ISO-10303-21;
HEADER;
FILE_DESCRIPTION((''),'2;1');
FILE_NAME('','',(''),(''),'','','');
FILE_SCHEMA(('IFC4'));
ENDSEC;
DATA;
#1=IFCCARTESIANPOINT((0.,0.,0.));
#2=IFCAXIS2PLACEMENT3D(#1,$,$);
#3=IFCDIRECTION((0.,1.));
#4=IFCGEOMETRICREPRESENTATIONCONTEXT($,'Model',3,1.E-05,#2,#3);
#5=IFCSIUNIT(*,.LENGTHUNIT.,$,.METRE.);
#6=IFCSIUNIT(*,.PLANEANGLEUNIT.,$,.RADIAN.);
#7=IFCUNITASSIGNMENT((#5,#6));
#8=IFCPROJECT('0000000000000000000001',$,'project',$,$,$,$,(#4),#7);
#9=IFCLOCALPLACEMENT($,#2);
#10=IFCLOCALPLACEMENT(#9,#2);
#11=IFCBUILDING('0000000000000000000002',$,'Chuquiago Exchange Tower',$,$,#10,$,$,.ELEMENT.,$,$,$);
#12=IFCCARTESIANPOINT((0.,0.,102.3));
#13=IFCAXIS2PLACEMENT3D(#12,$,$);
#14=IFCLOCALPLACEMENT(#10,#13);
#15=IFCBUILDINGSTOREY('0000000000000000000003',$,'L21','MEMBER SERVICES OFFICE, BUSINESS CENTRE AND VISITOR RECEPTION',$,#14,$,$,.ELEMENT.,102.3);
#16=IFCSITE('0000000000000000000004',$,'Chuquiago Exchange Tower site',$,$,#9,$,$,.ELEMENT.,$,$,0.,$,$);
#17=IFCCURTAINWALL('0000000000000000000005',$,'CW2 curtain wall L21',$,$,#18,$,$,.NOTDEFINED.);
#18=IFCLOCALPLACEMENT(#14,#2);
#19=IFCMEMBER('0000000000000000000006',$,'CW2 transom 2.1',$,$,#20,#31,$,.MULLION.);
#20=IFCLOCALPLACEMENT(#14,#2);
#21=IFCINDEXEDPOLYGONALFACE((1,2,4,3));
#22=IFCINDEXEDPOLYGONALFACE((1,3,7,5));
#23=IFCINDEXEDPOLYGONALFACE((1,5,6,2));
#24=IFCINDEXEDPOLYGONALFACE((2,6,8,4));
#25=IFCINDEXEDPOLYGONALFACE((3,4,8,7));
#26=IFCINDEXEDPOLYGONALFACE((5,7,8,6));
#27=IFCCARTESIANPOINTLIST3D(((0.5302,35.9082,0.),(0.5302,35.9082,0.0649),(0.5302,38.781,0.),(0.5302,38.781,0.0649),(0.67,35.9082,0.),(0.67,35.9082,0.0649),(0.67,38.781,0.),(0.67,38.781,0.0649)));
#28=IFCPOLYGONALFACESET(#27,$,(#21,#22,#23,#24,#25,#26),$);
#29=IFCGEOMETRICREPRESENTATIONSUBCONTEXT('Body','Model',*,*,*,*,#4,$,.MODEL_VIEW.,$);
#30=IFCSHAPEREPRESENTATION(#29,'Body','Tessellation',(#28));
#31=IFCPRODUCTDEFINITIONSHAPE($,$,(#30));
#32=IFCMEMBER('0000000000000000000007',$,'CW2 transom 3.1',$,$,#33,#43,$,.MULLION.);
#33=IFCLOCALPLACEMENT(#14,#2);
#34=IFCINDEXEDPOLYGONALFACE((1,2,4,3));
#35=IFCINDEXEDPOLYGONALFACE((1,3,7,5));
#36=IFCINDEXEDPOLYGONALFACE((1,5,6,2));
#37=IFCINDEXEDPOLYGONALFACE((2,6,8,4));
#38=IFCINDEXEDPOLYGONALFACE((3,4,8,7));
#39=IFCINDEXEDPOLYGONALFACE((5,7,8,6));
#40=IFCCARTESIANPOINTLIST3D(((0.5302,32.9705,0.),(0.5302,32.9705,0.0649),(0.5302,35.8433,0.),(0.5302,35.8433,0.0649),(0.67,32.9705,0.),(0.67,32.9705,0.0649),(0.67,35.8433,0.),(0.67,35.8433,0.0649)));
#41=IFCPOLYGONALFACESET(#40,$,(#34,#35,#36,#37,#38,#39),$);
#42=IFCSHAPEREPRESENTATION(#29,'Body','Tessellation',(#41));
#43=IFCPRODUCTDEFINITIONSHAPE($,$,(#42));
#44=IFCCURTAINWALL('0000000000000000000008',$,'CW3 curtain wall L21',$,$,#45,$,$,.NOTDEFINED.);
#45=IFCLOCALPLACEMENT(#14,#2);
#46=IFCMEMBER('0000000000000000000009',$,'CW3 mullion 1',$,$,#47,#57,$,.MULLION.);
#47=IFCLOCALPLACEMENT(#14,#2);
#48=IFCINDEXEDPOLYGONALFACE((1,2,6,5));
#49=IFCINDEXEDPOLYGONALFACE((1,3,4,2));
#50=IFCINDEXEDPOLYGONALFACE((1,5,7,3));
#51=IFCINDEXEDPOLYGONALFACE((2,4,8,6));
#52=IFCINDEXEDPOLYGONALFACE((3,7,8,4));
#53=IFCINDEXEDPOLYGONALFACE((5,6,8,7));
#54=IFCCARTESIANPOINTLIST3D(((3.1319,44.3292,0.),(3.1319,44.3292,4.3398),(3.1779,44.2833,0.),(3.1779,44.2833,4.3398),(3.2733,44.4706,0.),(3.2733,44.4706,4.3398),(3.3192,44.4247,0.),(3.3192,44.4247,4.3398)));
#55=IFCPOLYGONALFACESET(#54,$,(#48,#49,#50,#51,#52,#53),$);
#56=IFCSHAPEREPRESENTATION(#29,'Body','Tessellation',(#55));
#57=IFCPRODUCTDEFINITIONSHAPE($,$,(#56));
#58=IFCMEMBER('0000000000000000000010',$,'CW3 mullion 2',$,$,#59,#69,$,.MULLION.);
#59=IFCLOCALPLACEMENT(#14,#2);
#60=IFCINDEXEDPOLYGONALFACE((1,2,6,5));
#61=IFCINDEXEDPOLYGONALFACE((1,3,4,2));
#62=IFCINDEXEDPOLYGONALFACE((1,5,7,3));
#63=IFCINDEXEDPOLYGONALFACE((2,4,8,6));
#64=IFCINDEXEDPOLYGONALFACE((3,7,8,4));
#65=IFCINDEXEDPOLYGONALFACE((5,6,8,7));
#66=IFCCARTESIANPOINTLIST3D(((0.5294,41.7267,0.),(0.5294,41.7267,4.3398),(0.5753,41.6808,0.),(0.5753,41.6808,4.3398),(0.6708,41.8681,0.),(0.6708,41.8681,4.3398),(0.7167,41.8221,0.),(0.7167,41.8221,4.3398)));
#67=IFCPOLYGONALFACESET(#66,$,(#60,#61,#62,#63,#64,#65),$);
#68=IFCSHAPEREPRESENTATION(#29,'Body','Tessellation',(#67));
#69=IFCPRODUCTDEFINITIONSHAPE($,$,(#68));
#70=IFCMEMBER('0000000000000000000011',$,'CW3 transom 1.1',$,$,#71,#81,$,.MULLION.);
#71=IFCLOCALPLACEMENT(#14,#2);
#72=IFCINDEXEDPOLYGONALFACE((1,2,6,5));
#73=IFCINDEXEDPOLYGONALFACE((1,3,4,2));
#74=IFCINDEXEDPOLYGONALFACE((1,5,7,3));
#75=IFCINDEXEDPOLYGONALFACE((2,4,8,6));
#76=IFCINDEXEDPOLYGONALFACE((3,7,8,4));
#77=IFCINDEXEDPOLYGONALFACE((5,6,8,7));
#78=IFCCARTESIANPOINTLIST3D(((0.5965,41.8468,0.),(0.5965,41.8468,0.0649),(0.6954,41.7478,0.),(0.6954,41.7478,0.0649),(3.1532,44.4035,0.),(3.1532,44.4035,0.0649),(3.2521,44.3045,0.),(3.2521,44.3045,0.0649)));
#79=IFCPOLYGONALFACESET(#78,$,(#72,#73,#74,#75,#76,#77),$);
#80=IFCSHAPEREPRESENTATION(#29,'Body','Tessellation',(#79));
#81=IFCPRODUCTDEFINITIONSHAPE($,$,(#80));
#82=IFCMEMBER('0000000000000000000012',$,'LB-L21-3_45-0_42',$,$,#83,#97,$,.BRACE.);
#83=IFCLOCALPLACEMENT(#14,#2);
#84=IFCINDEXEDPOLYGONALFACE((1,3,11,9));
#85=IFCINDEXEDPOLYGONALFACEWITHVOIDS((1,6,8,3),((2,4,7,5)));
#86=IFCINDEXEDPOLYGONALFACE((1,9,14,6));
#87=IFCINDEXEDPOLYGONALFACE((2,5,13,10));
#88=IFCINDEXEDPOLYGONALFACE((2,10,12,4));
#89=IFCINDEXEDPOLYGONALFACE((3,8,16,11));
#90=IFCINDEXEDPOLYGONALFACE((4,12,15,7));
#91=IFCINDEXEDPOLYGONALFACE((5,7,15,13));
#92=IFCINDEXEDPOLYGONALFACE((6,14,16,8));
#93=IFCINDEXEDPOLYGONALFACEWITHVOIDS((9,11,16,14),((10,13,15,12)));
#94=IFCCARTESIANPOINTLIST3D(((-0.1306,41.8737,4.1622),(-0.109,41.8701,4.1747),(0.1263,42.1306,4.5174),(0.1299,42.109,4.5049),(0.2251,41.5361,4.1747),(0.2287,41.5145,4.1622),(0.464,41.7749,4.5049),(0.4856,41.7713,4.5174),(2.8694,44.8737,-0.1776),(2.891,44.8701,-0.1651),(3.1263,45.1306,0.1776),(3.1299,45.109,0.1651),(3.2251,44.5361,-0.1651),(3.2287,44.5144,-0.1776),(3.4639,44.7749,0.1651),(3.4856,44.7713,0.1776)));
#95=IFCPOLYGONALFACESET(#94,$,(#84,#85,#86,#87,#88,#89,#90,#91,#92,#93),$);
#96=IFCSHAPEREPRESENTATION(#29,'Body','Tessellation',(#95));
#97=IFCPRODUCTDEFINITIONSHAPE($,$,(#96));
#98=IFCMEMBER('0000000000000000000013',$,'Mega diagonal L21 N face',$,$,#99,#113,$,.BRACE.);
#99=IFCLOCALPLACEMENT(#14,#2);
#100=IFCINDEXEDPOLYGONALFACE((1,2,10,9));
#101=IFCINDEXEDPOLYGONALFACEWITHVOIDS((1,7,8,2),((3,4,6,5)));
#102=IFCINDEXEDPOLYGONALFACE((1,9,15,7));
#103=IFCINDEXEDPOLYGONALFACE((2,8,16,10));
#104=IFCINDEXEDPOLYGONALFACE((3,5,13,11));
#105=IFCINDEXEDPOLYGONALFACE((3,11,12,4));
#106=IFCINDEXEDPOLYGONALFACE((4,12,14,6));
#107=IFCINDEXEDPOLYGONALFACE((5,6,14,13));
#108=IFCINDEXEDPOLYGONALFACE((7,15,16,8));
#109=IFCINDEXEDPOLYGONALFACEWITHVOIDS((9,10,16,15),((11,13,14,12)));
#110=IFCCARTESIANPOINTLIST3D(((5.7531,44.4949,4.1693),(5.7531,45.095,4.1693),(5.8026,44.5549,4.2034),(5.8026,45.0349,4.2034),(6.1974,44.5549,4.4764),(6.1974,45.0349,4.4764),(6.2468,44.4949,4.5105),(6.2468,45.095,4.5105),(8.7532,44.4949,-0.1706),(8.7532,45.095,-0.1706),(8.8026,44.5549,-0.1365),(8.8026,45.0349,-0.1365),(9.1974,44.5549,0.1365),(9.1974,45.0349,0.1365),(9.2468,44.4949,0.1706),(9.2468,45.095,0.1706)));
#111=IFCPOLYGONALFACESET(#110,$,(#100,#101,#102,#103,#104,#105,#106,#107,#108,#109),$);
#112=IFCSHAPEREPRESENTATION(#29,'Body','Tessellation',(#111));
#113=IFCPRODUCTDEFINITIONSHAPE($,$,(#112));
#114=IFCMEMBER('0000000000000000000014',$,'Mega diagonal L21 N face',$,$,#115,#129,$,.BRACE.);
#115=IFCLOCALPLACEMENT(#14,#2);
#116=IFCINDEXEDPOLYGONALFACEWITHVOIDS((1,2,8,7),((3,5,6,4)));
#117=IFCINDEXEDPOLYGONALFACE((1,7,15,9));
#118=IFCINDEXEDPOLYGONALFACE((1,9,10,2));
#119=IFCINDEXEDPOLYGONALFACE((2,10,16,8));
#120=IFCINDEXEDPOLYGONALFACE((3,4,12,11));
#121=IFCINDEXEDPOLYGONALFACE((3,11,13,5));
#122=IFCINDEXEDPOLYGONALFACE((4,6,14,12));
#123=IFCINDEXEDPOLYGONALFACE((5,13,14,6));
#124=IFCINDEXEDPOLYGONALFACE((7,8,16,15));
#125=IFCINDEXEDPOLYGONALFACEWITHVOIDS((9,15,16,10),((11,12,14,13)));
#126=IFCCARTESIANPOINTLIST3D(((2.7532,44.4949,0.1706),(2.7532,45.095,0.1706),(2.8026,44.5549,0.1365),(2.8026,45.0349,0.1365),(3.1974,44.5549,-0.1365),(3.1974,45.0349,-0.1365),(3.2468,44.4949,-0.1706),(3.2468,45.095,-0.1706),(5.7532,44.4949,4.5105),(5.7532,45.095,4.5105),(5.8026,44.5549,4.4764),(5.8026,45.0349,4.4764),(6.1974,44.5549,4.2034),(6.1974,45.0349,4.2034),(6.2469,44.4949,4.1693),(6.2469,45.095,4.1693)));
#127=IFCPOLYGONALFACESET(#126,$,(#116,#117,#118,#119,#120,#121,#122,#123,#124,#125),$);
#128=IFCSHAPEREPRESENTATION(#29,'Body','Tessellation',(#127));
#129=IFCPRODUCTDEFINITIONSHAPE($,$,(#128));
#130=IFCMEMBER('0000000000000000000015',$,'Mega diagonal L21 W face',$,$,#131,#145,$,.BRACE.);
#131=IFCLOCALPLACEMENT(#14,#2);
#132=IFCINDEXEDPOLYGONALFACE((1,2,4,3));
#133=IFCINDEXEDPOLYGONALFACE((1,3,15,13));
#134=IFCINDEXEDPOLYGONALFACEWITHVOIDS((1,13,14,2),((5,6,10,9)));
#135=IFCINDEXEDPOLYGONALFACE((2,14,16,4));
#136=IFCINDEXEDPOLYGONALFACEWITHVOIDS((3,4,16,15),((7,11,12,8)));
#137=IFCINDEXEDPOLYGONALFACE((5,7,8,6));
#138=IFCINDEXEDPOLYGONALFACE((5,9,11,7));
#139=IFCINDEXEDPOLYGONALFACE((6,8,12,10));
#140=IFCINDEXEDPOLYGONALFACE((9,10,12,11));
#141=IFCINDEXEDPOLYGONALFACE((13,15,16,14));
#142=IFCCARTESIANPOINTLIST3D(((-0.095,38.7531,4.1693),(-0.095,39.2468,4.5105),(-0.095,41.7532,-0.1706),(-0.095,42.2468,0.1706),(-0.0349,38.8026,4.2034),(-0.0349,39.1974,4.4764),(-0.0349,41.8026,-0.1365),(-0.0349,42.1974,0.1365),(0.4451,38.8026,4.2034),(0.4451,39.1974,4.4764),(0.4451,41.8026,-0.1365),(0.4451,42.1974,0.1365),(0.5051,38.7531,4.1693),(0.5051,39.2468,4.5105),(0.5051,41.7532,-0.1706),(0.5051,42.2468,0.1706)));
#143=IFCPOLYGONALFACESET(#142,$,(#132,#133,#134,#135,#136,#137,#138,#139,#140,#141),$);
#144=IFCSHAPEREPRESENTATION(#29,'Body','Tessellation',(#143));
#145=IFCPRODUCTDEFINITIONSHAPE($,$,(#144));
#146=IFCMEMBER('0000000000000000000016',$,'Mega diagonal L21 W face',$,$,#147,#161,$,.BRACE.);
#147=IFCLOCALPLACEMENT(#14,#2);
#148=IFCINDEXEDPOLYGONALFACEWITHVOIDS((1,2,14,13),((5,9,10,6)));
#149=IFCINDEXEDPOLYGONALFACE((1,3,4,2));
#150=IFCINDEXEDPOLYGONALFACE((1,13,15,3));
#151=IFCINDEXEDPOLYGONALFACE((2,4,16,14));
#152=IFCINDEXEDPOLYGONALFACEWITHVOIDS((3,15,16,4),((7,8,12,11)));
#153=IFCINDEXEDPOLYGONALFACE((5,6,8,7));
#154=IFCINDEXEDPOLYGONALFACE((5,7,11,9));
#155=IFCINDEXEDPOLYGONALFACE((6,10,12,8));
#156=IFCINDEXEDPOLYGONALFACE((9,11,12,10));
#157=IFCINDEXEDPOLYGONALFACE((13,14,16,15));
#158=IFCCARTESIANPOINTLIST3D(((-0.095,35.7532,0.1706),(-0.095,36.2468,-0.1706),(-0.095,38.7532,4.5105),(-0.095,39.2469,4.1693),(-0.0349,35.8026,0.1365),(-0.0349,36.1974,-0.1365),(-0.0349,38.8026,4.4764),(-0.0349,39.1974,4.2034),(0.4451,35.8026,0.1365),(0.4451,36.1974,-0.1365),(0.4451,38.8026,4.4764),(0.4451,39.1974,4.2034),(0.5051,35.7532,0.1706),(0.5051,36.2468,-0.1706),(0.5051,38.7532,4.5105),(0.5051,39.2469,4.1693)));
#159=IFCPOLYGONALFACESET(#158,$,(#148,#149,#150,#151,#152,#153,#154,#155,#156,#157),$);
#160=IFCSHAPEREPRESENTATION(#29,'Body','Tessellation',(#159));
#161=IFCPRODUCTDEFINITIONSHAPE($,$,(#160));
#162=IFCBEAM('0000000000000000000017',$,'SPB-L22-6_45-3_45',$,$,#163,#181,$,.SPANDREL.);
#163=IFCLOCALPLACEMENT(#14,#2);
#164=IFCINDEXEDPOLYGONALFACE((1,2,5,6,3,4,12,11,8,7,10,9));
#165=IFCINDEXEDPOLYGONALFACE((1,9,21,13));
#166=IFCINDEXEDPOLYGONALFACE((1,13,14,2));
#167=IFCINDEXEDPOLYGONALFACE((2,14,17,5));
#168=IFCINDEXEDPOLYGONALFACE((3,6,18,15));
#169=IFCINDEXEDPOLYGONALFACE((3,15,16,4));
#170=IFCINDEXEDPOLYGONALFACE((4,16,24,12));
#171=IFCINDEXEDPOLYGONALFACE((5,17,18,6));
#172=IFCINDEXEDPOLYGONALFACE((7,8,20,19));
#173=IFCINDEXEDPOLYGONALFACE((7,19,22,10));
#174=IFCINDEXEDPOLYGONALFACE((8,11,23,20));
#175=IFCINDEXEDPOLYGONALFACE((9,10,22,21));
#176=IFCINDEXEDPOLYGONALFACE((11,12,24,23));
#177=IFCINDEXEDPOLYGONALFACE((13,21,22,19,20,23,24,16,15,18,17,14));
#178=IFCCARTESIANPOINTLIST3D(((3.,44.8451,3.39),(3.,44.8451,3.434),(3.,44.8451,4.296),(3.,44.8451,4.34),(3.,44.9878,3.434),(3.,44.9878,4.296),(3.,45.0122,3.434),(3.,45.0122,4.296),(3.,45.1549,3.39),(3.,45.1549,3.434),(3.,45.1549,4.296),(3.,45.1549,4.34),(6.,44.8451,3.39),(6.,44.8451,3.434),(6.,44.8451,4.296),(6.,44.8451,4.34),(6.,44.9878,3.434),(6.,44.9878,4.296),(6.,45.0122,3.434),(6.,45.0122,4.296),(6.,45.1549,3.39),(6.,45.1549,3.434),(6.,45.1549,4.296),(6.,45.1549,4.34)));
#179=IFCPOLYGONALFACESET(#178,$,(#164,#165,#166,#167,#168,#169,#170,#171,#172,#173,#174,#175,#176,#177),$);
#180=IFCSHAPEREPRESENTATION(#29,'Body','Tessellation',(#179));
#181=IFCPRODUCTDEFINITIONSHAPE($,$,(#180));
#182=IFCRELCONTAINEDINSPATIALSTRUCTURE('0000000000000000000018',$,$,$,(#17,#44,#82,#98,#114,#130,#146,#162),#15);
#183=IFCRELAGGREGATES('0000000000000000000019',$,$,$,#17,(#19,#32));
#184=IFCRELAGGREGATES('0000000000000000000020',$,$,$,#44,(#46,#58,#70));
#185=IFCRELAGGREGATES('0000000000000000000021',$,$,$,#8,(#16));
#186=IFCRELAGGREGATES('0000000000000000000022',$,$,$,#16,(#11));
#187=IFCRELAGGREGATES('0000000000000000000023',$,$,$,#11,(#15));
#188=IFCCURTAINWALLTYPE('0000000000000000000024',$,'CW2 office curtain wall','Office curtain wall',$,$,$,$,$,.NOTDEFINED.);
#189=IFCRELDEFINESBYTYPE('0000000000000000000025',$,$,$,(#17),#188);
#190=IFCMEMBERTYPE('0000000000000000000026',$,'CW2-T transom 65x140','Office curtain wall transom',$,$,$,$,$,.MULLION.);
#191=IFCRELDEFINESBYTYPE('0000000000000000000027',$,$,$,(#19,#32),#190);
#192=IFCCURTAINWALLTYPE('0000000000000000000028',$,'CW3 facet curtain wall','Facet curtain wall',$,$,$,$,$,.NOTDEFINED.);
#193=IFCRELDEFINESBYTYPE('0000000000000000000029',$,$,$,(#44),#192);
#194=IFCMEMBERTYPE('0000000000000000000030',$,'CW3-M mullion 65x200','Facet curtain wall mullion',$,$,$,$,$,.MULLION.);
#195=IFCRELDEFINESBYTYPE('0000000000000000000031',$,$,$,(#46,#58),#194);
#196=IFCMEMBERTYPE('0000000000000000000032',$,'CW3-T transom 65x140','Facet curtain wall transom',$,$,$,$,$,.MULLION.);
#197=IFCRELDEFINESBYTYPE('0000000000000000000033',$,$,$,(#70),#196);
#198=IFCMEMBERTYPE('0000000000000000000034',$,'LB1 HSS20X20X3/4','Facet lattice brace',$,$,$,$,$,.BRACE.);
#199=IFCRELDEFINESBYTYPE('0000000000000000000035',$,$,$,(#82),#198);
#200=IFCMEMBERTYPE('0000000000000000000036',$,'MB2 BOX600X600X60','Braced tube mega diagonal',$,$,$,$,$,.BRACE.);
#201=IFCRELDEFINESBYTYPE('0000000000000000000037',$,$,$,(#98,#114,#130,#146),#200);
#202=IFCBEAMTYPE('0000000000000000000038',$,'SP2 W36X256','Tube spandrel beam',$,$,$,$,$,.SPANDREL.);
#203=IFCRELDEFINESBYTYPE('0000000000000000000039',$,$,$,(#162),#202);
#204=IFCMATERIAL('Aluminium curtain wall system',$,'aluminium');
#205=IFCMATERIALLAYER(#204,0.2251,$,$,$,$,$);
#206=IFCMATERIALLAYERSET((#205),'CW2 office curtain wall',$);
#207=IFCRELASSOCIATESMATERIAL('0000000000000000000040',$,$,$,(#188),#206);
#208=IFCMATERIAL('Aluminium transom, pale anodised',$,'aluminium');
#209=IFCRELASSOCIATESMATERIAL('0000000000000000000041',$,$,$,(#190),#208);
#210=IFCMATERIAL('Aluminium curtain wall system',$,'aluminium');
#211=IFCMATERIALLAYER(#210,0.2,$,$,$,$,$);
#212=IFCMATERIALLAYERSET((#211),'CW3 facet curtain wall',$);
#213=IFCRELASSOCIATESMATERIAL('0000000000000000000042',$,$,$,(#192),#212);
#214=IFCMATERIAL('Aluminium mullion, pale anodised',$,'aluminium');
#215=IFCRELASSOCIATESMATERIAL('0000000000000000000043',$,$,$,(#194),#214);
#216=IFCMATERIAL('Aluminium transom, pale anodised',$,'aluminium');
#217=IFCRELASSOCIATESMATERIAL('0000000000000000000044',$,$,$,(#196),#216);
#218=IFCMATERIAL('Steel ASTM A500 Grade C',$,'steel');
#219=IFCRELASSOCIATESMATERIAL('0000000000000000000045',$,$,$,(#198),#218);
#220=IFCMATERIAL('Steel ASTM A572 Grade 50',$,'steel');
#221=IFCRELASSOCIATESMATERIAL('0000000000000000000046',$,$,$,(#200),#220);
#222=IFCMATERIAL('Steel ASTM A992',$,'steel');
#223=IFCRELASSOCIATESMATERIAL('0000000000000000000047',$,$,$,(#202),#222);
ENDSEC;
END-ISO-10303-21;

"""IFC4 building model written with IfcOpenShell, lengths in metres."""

from ifc_helpers import new_model, si_unit, direction, frame, origin, origin_2d, place, context, subcontext, project, spatial, rectangle, hollow_rectangle, i_section, extrude, material, layer, layer_set, material_profile, profile_set, type_object, element, aggregate, save


model = new_model("IFC4")

# Units and contexts
model_context = context("Model", 3, precision=1e-05, world=origin(), true_north=direction((0.0, 1.0)))
body_context = subcontext(model_context, "Body", "Model", "MODEL_VIEW")
ifc_project = project(units=[si_unit("LENGTHUNIT", "METRE"), si_unit("PLANEANGLEUNIT", "RADIAN")], contexts=[model_context])

# Site, building, storey
site_placement = place(None, origin())
site = spatial("IfcSite", under=ifc_project, at=site_placement, Name="Chuquiago Exchange Tower site", CompositionType="ELEMENT", RefElevation=0.0)
building_placement = place(site_placement, origin())
building = spatial("IfcBuilding", under=site, at=building_placement, Name="Chuquiago Exchange Tower", CompositionType="ELEMENT")
storey_placement = place(building_placement, frame((0.0, 0.0, 102.3)))
storey = spatial("IfcBuildingStorey", under=building, at=storey_placement, Name="L21", Description="MEMBER SERVICES OFFICE, BUSINESS CENTRE AND VISITOR RECEPTION", CompositionType="ELEMENT", Elevation=102.3)

# Curtain wall
ifc_material_1 = material(Name="Aluminium curtain wall system", Category="aluminium")
ifc_layer_1 = layer(ifc_material_1, 0.2251)
ifc_layer_set_1 = layer_set([ifc_layer_1], Name="CW2 office curtain wall")
curtain_wall_type_1 = type_object("IfcCurtainWallType", Name="CW2 office curtain wall", Description="Office curtain wall", PredefinedType="NOTDEFINED", material=ifc_layer_set_1)
curtain_wall_1_placement = place(storey_placement, origin())
curtain_wall_1 = element("IfcCurtainWall", 1, at=curtain_wall_1_placement, inside=storey, type_object=curtain_wall_type_1, Name="CW2 curtain wall L21", PredefinedType="NOTDEFINED")

# Members
ifc_material_2 = material(Name="Aluminium transom, pale anodised", Category="aluminium")
ifc_material_profile_1 = material_profile(ifc_material_2, rectangle(XDim=0.1399, YDim=0.0649, at=origin_2d()), Name="AL 140x65")
ifc_profile_set_1 = profile_set([ifc_material_profile_1], Name="Aluminium transom, pale anodised")
member_type_1 = type_object("IfcMemberType", Name="CW2-T transom 65x140", Description="Office curtain wall transom", PredefinedType="MULLION", material=ifc_profile_set_1)
member_1_placement = place(storey_placement, frame((0.6001, 38.781, 0.0325), z_axis=(0.0, -1.0, 0.0), x_axis=(1.0, 0.0, 0.0)))
member_1 = element("IfcMember", 2, at=member_1_placement, type_object=member_type_1, Name="CW2 transom 2.1", PredefinedType="MULLION", context=body_context, shape_type="SweptSolid", body=[
    extrude(rectangle(XDim=0.1399, YDim=0.0649, at=origin_2d()), origin(), (0.0, 0.0, 1.0), 2.8728),
])
member_2_placement = place(storey_placement, frame((0.6001, 35.8433, 0.0325), z_axis=(0.0, -1.0, 0.0), x_axis=(1.0, 0.0, 0.0)))
member_2 = element("IfcMember", 3, at=member_2_placement, type_object=member_type_1, Name="CW2 transom 3.1", PredefinedType="MULLION", context=body_context, shape_type="SweptSolid", body=[
    extrude(rectangle(XDim=0.1399, YDim=0.0649, at=origin_2d()), origin(), (0.0, 0.0, 1.0), 2.8728),
])

# Curtain wall, members
ifc_material_3 = material(Name="Aluminium curtain wall system", Category="aluminium")
ifc_layer_2 = layer(ifc_material_3, 0.2)
ifc_layer_set_2 = layer_set([ifc_layer_2], Name="CW3 facet curtain wall")
curtain_wall_type_2 = type_object("IfcCurtainWallType", Name="CW3 facet curtain wall", Description="Facet curtain wall", PredefinedType="NOTDEFINED", material=ifc_layer_set_2)
curtain_wall_2_placement = place(storey_placement, origin())
curtain_wall_2 = element("IfcCurtainWall", 4, at=curtain_wall_2_placement, inside=storey, type_object=curtain_wall_type_2, Name="CW3 curtain wall L21", PredefinedType="NOTDEFINED")
ifc_material_4 = material(Name="Aluminium mullion, pale anodised", Category="aluminium")
ifc_material_profile_2 = material_profile(ifc_material_4, rectangle(XDim=0.0649, YDim=0.2, at=origin_2d()), Name="AL 65x200")
ifc_profile_set_2 = profile_set([ifc_material_profile_2], Name="Aluminium mullion, pale anodised")
member_type_2 = type_object("IfcMemberType", Name="CW3-M mullion 65x200", Description="Facet curtain wall mullion", PredefinedType="MULLION", material=ifc_profile_set_2)
member_3_placement = place(storey_placement, frame((3.2256, 44.377, 0.0), z_axis=(0.0, 0.0, 1.0), x_axis=(0.707107, -0.707107, 0.0)))
member_3 = element("IfcMember", 5, at=member_3_placement, type_object=member_type_2, Name="CW3 mullion 1", PredefinedType="MULLION", context=body_context, shape_type="SweptSolid", body=[
    extrude(rectangle(XDim=0.0649, YDim=0.2, at=origin_2d()), origin(), (0.0, 0.0, 1.0), 4.3398),
])
member_4_placement = place(storey_placement, frame((0.623, 41.7744, 0.0), z_axis=(0.0, 0.0, 1.0), x_axis=(0.707107, -0.707107, 0.0)))
member_4 = element("IfcMember", 6, at=member_4_placement, type_object=member_type_2, Name="CW3 mullion 2", PredefinedType="MULLION", context=body_context, shape_type="SweptSolid", body=[
    extrude(rectangle(XDim=0.0649, YDim=0.2, at=origin_2d()), origin(), (0.0, 0.0, 1.0), 4.3398),
])
ifc_material_5 = material(Name="Aluminium transom, pale anodised", Category="aluminium")
ifc_material_profile_3 = material_profile(ifc_material_5, rectangle(XDim=0.1399, YDim=0.0649, at=origin_2d()), Name="AL 140x65")
ifc_profile_set_3 = profile_set([ifc_material_profile_3], Name="Aluminium transom, pale anodised")
member_type_3 = type_object("IfcMemberType", Name="CW3-T transom 65x140", Description="Facet curtain wall transom", PredefinedType="MULLION", material=ifc_profile_set_3)
member_5_placement = place(storey_placement, frame((3.2026, 44.354, 0.0325), z_axis=(-0.707107, -0.707107, 0.0), x_axis=(0.707107, -0.707107, 0.0)))
member_5 = element("IfcMember", 7, at=member_5_placement, type_object=member_type_3, Name="CW3 transom 1.1", PredefinedType="MULLION", context=body_context, shape_type="SweptSolid", body=[
    extrude(rectangle(XDim=0.1399, YDim=0.0649, at=origin_2d()), origin(), (0.0, 0.0, 1.0), 3.6157),
])

# Members
ifc_material_6 = material(Name="Steel ASTM A500 Grade C", Category="steel")
ifc_material_profile_4 = material_profile(ifc_material_6, hollow_rectangle(XDim=0.5081, YDim=0.5081, WallThickness=0.0178, at=origin_2d()), Name="HSS20X20X3/4")
ifc_profile_set_4 = profile_set([ifc_material_profile_4], Name="Steel ASTM A500 Grade C")
member_type_4 = type_object("IfcMemberType", Name="LB1 HSS20X20X3/4", Description="Facet lattice brace", PredefinedType="BRACE", material=ifc_profile_set_4)
member_6_placement = place(storey_placement, frame((3.1775, 44.8225, 0.0), z_axis=(-0.494305, -0.494305, 0.715069), x_axis=(0.707107, -0.707107, 0.0)))
element("IfcMember", 8, at=member_6_placement, inside=storey, type_object=member_type_4, Name="LB-L21-3_45-0_42", PredefinedType="BRACE", context=body_context, shape_type="SweptSolid", body=[
    extrude(hollow_rectangle(XDim=0.5081, YDim=0.5081, WallThickness=0.0178, at=origin_2d()), origin(), (0.0, 0.0, 1.0), 6.0691),
])
ifc_material_7 = material(Name="Steel ASTM A572 Grade 50", Category="steel")
ifc_material_profile_5 = material_profile(ifc_material_7, hollow_rectangle(XDim=0.6001, YDim=0.6001, WallThickness=0.0601, at=origin_2d()), Name="BOX600X600X60")
ifc_profile_set_5 = profile_set([ifc_material_profile_5], Name="Steel ASTM A572 Grade 50")
member_type_5 = type_object("IfcMemberType", Name="MB2 BOX600X600X60", Description="Braced tube mega diagonal", PredefinedType="BRACE", material=ifc_profile_set_5)
for number, where, z_axis, x_axis, name in (
    (9, (9.0, 44.7949, 0.0), (-0.568632, 0.0, 0.822592), (0.0, -1.0, 0.0), "Mega diagonal L21 N face"),
    (10, (3.0, 44.7949, 0.0), (0.568632, 0.0, 0.822592), (0.0, 1.0, 0.0), "Mega diagonal L21 N face"),
    (11, (0.2051, 42.0, 0.0), (0.0, -0.568632, 0.822592), (1.0, 0.0, 0.0), "Mega diagonal L21 W face"),
    (12, (0.2051, 36.0, 0.0), (0.0, 0.568632, 0.822592), (-1.0, 0.0, 0.0), "Mega diagonal L21 W face"),
):
    element("IfcMember", number, at=place(storey_placement, frame(where, z_axis=z_axis, x_axis=x_axis)), inside=storey, type_object=member_type_5, Name=name, PredefinedType="BRACE", context=body_context, shape_type="SweptSolid", body=[
        extrude(hollow_rectangle(XDim=0.6001, YDim=0.6001, WallThickness=0.0601, at=origin_2d()), origin(), (0.0, 0.0, 1.0), 5.2759),
    ])

# Beam
ifc_material_8 = material(Name="Steel ASTM A992", Category="steel")
ifc_material_profile_6 = material_profile(ifc_material_8, i_section(OverallWidth=0.3098, OverallDepth=0.95, WebThickness=0.0244, FlangeThickness=0.0439, at=origin_2d()), Name="W36X256")
ifc_profile_set_6 = profile_set([ifc_material_profile_6], Name="Steel ASTM A992")
beam_type = type_object("IfcBeamType", Name="SP2 W36X256", Description="Tube spandrel beam", PredefinedType="SPANDREL", material=ifc_profile_set_6)
beam_1_placement = place(storey_placement, frame((6.0, 45.0, 3.865), z_axis=(-1.0, 0.0, 0.0), x_axis=(0.0, -1.0, 0.0)))
element("IfcBeam", 13, at=beam_1_placement, inside=storey, type_object=beam_type, Name="SPB-L22-6_45-3_45", PredefinedType="SPANDREL", context=body_context, shape_type="SweptSolid", body=[
    extrude(i_section(OverallWidth=0.3098, OverallDepth=0.95, WebThickness=0.0244, FlangeThickness=0.0439, at=origin_2d()), origin(), (0.0, 0.0, 1.0), 3.0),
])

aggregate(curtain_wall_1, [member_1, member_2])
aggregate(curtain_wall_2, [member_3, member_4, member_5])

save(model, "model.ifc")
